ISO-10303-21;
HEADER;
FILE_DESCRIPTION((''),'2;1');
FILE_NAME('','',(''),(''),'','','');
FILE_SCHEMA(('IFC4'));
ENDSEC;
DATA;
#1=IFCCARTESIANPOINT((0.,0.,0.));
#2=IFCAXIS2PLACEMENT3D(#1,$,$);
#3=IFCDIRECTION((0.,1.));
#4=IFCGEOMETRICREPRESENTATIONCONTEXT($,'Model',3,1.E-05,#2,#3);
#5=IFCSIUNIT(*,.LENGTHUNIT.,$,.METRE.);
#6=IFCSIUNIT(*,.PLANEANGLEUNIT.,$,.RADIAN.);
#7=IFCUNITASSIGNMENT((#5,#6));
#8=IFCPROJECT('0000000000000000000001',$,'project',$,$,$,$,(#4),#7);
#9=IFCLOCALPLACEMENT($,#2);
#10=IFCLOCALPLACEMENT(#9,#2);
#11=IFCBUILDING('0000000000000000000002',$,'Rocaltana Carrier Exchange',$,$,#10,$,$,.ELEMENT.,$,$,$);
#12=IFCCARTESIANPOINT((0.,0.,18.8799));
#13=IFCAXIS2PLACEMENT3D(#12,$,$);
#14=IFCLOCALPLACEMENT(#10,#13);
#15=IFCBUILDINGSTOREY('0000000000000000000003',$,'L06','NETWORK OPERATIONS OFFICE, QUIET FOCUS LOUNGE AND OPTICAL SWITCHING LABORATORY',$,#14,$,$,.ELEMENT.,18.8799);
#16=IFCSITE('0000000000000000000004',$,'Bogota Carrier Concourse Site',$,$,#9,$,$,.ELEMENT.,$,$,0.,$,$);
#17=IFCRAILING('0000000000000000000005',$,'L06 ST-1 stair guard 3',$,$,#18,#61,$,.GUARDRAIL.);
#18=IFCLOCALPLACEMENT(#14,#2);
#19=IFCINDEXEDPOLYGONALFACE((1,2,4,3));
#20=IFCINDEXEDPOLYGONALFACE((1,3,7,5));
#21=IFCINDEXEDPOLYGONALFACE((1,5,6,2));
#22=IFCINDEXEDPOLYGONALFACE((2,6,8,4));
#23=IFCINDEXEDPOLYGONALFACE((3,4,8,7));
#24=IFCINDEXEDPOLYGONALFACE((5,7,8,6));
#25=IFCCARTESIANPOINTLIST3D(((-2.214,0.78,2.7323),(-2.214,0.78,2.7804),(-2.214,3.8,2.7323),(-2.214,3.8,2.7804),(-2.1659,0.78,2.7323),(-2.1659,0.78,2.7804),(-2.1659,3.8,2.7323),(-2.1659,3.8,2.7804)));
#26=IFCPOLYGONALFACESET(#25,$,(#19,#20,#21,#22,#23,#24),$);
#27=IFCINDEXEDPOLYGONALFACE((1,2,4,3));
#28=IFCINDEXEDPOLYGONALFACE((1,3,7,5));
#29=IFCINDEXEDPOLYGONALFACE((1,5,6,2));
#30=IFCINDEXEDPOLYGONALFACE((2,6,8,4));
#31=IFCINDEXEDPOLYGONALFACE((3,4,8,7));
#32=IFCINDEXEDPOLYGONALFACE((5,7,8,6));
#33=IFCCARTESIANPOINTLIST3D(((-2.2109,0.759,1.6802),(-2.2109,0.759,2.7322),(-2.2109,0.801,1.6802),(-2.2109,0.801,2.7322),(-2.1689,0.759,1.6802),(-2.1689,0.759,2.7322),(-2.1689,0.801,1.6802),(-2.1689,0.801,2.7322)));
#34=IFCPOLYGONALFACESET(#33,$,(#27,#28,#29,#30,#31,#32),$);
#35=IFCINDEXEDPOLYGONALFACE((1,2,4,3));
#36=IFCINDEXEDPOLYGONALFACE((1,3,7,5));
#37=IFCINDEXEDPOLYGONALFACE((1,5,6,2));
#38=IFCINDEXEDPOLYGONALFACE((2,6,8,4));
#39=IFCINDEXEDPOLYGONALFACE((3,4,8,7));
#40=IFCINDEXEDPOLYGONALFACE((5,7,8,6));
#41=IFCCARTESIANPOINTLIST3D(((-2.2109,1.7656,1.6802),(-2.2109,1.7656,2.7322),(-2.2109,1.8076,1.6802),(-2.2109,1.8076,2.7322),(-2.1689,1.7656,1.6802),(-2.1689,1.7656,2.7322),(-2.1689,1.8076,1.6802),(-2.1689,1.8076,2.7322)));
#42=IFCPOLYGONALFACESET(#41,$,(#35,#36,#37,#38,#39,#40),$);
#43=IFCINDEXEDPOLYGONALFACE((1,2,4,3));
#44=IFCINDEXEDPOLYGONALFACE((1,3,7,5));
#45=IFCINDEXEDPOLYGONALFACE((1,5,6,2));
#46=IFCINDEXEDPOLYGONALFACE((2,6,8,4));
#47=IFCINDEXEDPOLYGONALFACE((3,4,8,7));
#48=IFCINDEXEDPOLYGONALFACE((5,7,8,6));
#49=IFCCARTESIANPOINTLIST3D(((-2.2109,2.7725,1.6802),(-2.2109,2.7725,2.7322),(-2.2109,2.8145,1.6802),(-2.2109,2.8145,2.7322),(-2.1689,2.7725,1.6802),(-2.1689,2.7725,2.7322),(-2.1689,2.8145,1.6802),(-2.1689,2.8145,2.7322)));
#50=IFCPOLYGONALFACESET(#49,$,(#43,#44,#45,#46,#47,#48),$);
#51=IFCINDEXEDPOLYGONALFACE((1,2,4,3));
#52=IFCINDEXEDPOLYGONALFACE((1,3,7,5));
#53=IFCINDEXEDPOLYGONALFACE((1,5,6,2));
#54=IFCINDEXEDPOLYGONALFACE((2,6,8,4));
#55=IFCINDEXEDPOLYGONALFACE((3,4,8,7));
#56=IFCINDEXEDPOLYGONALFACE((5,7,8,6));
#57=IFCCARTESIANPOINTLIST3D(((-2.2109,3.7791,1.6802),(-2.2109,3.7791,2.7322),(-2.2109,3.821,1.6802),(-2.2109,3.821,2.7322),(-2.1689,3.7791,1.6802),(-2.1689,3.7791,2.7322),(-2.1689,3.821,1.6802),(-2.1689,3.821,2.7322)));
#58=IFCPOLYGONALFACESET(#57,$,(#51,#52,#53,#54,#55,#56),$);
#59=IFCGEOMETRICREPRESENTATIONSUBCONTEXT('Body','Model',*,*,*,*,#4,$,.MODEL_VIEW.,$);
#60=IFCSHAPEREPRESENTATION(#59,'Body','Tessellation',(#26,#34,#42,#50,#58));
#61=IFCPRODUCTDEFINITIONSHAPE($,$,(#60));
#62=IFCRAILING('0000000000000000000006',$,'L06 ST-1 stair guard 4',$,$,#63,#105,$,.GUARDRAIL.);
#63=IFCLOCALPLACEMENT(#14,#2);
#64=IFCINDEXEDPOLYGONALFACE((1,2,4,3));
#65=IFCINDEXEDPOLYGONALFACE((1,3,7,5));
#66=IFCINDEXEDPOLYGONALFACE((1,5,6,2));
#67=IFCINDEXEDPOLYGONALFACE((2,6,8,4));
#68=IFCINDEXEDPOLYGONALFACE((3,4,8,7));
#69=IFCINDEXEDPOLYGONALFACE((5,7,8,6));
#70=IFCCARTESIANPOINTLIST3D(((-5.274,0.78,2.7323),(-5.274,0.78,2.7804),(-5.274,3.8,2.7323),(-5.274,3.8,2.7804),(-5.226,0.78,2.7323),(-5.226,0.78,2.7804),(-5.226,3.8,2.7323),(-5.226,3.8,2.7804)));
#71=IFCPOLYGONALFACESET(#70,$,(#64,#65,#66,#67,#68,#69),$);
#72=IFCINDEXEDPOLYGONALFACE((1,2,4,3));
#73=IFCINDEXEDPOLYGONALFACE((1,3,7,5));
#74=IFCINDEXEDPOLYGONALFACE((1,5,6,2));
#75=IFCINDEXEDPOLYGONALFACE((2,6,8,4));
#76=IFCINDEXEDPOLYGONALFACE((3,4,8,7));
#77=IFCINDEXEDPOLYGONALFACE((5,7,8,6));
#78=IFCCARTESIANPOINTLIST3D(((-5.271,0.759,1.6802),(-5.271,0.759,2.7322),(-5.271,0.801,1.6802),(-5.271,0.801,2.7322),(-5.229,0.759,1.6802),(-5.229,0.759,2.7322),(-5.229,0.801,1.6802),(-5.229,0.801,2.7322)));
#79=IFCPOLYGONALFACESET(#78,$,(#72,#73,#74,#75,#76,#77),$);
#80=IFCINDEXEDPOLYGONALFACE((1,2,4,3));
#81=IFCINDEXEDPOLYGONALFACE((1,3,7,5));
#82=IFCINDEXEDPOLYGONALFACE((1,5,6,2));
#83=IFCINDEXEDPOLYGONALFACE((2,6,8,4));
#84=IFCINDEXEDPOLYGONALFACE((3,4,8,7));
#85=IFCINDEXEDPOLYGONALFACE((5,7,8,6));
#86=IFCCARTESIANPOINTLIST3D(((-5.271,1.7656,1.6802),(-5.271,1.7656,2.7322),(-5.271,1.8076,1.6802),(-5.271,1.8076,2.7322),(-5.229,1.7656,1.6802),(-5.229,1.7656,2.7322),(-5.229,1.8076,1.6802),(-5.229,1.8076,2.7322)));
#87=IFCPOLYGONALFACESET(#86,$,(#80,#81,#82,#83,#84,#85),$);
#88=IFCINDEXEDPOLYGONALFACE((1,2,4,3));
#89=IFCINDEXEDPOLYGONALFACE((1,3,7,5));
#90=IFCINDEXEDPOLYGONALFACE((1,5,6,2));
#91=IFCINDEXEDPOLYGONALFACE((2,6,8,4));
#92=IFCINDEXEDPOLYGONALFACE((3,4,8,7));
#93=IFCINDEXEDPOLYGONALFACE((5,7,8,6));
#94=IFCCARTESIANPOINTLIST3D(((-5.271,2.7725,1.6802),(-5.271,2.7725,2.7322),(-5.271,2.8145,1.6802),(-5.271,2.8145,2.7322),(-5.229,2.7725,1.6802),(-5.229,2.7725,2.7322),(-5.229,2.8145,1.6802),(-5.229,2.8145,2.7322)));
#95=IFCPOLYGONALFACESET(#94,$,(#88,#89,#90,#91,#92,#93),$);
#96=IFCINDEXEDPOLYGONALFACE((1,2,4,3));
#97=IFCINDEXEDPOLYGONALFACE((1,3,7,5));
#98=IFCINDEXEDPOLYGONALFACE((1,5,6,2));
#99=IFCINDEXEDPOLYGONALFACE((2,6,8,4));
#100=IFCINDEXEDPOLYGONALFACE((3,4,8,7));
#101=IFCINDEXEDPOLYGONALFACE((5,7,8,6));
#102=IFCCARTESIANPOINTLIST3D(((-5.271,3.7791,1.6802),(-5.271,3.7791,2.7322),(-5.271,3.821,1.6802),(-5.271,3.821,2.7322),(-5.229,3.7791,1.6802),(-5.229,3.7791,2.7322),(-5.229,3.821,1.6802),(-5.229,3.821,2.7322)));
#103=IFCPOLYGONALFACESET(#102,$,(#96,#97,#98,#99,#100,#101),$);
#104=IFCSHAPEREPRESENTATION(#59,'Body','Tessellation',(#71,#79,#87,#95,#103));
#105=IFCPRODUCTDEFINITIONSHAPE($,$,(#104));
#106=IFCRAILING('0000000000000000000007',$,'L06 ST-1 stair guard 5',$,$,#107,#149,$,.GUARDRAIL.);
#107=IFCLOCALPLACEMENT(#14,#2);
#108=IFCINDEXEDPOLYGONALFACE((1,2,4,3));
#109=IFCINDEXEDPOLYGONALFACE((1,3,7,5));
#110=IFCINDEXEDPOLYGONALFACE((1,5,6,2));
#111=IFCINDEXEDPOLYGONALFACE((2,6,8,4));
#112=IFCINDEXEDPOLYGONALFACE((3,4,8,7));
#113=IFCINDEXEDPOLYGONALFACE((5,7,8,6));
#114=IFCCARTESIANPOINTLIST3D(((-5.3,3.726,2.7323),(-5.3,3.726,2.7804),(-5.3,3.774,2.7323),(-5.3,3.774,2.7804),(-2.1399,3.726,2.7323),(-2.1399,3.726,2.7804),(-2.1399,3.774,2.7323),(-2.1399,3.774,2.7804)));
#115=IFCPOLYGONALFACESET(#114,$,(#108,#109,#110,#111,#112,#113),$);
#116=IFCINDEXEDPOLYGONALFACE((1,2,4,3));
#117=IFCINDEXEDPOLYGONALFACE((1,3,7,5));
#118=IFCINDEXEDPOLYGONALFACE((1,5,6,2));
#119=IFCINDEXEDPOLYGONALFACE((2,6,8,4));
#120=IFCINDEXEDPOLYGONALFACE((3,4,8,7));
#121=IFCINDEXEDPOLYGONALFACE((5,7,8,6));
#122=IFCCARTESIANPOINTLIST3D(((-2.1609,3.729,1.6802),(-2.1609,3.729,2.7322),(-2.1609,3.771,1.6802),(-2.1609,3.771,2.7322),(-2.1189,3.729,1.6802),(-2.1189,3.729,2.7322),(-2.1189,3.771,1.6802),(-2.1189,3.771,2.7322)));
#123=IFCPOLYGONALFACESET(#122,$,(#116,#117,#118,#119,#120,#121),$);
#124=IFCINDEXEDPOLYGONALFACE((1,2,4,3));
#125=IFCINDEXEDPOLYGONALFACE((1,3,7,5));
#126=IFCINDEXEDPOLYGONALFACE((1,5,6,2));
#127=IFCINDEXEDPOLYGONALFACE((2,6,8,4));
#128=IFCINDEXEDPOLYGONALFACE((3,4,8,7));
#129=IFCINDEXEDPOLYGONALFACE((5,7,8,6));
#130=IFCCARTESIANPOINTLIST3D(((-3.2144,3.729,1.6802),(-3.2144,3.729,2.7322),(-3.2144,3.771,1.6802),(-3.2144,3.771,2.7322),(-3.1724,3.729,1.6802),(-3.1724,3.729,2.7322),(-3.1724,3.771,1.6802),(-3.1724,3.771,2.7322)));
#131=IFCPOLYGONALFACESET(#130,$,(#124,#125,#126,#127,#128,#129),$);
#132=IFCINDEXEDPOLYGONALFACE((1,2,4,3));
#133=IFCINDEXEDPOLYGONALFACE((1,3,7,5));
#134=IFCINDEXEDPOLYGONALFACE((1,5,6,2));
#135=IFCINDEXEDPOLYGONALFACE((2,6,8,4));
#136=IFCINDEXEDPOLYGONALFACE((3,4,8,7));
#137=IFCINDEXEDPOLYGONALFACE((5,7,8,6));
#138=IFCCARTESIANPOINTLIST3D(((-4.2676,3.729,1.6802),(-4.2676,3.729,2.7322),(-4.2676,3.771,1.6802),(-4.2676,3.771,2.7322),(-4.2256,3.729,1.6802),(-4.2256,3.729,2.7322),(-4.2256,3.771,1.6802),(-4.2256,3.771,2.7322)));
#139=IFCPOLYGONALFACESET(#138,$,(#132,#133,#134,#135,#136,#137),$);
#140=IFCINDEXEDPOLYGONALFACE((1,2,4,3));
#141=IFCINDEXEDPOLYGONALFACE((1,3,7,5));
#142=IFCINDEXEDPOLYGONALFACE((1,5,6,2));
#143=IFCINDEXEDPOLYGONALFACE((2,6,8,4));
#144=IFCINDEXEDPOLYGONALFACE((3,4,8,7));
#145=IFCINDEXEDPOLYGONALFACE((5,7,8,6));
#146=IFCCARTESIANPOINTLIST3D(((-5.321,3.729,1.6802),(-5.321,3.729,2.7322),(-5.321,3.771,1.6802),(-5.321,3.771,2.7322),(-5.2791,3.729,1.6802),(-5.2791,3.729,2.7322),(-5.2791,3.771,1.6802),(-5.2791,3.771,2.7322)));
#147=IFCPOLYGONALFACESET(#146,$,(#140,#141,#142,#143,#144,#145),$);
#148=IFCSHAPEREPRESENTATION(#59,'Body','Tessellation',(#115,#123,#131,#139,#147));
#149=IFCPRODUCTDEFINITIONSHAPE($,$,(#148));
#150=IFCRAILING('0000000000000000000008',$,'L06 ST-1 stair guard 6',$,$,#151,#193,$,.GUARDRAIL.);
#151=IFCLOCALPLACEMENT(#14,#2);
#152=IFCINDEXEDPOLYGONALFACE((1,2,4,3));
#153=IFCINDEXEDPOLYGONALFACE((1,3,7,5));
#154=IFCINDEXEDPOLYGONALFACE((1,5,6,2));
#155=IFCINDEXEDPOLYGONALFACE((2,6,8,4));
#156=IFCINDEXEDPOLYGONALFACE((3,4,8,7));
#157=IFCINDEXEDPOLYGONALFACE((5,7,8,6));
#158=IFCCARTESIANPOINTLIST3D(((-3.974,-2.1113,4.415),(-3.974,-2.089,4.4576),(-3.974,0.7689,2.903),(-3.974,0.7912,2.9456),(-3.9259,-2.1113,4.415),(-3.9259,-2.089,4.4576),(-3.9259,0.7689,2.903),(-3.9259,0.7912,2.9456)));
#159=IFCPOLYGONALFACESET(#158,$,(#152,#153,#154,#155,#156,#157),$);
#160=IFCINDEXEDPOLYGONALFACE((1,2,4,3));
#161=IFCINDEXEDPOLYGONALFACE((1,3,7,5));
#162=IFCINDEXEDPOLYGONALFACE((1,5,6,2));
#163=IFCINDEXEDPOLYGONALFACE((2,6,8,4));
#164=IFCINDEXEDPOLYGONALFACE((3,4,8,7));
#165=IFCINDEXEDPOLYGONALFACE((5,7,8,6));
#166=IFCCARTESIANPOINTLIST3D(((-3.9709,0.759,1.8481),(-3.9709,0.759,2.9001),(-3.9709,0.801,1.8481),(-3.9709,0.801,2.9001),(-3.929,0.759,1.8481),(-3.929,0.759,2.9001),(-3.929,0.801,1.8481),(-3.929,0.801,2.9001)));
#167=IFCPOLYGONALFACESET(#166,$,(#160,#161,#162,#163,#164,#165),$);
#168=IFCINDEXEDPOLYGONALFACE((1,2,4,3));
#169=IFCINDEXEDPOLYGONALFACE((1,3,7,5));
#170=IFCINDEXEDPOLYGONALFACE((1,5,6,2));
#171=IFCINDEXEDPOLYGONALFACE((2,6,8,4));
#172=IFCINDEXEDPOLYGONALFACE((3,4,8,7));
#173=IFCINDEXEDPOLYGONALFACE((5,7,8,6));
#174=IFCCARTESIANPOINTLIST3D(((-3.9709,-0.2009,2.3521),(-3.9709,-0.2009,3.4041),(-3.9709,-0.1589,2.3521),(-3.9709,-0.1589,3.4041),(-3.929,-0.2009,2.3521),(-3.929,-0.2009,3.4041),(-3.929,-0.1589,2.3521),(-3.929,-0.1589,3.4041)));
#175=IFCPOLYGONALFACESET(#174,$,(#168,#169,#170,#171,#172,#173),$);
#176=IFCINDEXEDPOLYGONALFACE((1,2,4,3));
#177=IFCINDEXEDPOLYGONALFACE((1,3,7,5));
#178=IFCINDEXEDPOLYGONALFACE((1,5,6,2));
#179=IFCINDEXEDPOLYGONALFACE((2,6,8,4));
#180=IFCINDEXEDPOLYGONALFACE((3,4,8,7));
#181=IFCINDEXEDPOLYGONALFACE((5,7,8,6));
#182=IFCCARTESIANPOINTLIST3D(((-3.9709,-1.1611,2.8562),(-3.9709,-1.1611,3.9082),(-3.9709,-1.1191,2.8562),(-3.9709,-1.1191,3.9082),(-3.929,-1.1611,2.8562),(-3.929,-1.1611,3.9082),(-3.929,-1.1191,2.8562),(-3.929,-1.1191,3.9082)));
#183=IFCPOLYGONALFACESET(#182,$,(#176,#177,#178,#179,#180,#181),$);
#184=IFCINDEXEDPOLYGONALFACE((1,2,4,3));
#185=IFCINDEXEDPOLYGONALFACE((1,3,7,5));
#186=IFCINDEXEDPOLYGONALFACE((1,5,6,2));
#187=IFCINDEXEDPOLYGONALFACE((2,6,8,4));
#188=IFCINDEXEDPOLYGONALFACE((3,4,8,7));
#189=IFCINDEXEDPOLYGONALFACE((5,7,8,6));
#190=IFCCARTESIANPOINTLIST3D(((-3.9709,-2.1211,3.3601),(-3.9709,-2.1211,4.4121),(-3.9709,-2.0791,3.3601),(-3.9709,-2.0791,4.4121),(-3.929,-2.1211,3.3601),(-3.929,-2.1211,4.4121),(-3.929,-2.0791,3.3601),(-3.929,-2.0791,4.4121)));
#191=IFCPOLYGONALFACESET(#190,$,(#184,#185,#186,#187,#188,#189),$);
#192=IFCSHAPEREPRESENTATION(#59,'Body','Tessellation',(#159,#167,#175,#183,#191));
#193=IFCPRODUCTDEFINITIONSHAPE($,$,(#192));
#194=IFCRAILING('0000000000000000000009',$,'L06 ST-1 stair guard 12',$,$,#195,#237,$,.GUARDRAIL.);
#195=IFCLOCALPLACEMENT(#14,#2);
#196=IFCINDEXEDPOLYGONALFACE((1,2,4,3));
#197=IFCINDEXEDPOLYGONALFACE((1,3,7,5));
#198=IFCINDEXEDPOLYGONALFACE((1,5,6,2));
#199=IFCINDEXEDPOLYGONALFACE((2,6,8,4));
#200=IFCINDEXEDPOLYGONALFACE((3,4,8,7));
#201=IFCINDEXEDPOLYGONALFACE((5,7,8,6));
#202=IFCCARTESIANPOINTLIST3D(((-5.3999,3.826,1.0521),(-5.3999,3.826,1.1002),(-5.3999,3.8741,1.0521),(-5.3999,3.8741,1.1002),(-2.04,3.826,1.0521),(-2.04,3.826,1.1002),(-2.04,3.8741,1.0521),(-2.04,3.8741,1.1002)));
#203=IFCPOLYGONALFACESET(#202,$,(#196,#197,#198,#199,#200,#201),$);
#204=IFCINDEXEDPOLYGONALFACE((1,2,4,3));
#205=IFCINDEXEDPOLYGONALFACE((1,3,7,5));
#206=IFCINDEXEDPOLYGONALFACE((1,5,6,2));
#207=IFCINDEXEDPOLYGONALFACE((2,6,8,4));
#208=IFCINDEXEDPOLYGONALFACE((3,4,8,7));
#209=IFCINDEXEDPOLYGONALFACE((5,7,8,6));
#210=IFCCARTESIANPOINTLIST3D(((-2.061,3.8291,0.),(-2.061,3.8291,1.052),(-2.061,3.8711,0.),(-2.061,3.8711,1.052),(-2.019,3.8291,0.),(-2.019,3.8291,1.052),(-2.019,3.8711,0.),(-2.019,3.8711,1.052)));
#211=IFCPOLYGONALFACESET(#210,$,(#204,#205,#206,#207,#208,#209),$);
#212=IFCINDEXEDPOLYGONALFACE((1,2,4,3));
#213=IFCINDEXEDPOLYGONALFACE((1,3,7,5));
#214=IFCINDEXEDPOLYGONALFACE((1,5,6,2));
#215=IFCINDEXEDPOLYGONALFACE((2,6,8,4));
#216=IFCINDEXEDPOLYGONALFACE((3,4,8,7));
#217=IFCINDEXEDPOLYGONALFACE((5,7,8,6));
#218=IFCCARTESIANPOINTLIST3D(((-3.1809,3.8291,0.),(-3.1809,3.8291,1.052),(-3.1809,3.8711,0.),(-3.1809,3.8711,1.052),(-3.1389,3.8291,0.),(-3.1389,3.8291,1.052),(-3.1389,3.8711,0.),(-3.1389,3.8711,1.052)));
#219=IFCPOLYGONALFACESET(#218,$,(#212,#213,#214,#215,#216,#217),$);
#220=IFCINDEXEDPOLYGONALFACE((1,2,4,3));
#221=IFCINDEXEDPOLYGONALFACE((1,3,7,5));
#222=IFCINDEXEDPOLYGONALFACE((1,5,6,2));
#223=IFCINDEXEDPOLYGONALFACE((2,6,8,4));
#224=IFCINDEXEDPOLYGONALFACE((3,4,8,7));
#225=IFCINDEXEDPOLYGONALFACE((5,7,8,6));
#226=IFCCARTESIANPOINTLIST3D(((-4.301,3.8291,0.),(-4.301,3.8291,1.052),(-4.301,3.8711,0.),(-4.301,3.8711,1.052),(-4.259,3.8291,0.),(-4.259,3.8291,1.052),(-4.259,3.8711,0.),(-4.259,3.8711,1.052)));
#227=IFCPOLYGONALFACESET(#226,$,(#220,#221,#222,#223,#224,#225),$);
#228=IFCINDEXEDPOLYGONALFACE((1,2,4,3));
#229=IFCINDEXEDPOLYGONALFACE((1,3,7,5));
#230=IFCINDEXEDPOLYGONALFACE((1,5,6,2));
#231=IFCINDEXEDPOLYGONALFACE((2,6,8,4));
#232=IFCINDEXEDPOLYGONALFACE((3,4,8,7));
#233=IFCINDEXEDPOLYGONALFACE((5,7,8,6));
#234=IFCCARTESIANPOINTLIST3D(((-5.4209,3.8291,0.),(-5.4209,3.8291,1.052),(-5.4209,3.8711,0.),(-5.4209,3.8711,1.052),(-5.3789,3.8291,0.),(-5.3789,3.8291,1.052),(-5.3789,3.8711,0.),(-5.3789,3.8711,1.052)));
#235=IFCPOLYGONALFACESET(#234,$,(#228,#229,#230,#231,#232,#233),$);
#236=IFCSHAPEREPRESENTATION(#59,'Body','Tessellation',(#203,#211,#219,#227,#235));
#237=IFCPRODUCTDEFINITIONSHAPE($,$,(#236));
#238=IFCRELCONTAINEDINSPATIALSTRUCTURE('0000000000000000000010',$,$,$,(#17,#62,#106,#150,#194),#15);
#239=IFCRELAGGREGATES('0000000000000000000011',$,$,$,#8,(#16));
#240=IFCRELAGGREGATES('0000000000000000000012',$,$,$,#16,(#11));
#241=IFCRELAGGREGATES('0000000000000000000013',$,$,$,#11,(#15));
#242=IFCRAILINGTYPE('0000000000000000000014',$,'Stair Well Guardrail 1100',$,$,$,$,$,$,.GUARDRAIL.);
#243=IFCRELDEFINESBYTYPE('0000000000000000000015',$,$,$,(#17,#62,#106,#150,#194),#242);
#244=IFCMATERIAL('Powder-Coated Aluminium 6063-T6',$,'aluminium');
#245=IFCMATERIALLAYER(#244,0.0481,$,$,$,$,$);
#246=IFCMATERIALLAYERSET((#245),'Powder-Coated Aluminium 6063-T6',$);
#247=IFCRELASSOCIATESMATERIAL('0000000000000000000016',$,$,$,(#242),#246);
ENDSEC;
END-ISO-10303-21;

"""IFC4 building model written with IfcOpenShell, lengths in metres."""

from ifc_helpers import new_model, si_unit, direction, frame, origin, origin_2d, place, context, subcontext, project, spatial, rectangle, extrude, material, layer, layer_set, type_object, element, save


model = new_model("IFC4")

# Units and contexts
model_context = context("Model", 3, precision=1e-05, world=origin(), true_north=direction((0.0, 1.0)))
body_context = subcontext(model_context, "Body", "Model", "MODEL_VIEW")
ifc_project = project(units=[si_unit("LENGTHUNIT", "METRE"), si_unit("PLANEANGLEUNIT", "RADIAN")], contexts=[model_context])

# Site, building, storey
site_placement = place(None, origin())
site = spatial("IfcSite", under=ifc_project, at=site_placement, Name="Bogota Carrier Concourse Site", CompositionType="ELEMENT", RefElevation=0.0)
building_placement = place(site_placement, origin())
building = spatial("IfcBuilding", under=site, at=building_placement, Name="Rocaltana Carrier Exchange", CompositionType="ELEMENT")
storey_placement = place(building_placement, frame((0.0, 0.0, 18.8799)))
storey = spatial("IfcBuildingStorey", under=building, at=storey_placement, Name="L06", Description="NETWORK OPERATIONS OFFICE, QUIET FOCUS LOUNGE AND OPTICAL SWITCHING LABORATORY", CompositionType="ELEMENT", Elevation=18.8799)

# Railings
ifc_material_1 = material(Name="Powder-Coated Aluminium 6063-T6", Category="aluminium")
ifc_layer_1 = layer(ifc_material_1, 0.0481)
ifc_layer_set_1 = layer_set([ifc_layer_1], Name="Powder-Coated Aluminium 6063-T6")
railing_type_1 = type_object("IfcRailingType", Name="Stair Well Guardrail 1100", PredefinedType="GUARDRAIL", material=ifc_layer_set_1)
for number, where, name in (
    (1, (-2.1899, 0.78, 1.6802), "L06 ST-1 stair guard 3"),
    (2, (-5.25, 0.78, 1.6802), "L06 ST-1 stair guard 4"),
):
    element("IfcRailing", number, at=place(storey_placement, frame(where)), inside=storey, type_object=railing_type_1, Name=name, PredefinedType="GUARDRAIL", context=body_context, shape_type="SweptSolid", body=[
        extrude(rectangle(XDim=0.0481, YDim=0.0481, at=origin_2d()), frame((0.0, 0.0, 1.0762), z_axis=(0.0, 1.0, 0.0), x_axis=(-1.0, 0.0, 0.0)), (0.0, 0.0, 1.0), 3.02),
        extrude(rectangle(XDim=0.042, YDim=0.042, at=origin_2d()), origin(), (0.0, 0.0, 1.0), 1.052),
        extrude(rectangle(XDim=0.042, YDim=0.042, at=origin_2d()), frame((0.0, 1.0066, 0.0)), (0.0, 0.0, 1.0), 1.052),
        extrude(rectangle(XDim=0.042, YDim=0.042, at=origin_2d()), frame((0.0, 2.0134, 0.0)), (0.0, 0.0, 1.0), 1.052),
        extrude(rectangle(XDim=0.042, YDim=0.042, at=origin_2d()), frame((0.0, 3.02, 0.0)), (0.0, 0.0, 1.0), 1.052),
    ])
railing_1_placement = place(storey_placement, frame((-2.1399, 3.75, 1.6802)))
element("IfcRailing", 3, at=railing_1_placement, inside=storey, type_object=railing_type_1, Name="L06 ST-1 stair guard 5", PredefinedType="GUARDRAIL", context=body_context, shape_type="SweptSolid", body=[
    extrude(rectangle(XDim=0.0481, YDim=0.0481, at=origin_2d()), frame((0.0, 0.0, 1.0762), z_axis=(-1.0, 0.0, 0.0), x_axis=(0.0, -1.0, 0.0)), (0.0, 0.0, 1.0), 3.1602),
    extrude(rectangle(XDim=0.042, YDim=0.042, at=origin_2d()), origin(), (0.0, 0.0, 1.0), 1.052),
    extrude(rectangle(XDim=0.042, YDim=0.042, at=origin_2d()), frame((-1.0535, 0.0, 0.0)), (0.0, 0.0, 1.0), 1.052),
    extrude(rectangle(XDim=0.042, YDim=0.042, at=origin_2d()), frame((-2.1067, 0.0, 0.0)), (0.0, 0.0, 1.0), 1.052),
    extrude(rectangle(XDim=0.042, YDim=0.042, at=origin_2d()), frame((-3.1602, 0.0, 0.0)), (0.0, 0.0, 1.0), 1.052),
])
railing_2_placement = place(storey_placement, frame((-3.95, 0.78, 1.8481)))
element("IfcRailing", 4, at=railing_2_placement, inside=storey, type_object=railing_type_1, Name="L06 ST-1 stair guard 6", PredefinedType="GUARDRAIL", context=body_context, shape_type="SweptSolid", body=[
    extrude(rectangle(XDim=0.0481, YDim=0.0481, at=origin_2d()), frame((0.0, 0.0, 1.0762), z_axis=(0.0, -0.885411, 0.464809), x_axis=(1.0, 0.0, 0.0)), (0.0, 0.0, 1.0), 3.2529),
    extrude(rectangle(XDim=0.042, YDim=0.042, at=origin_2d()), origin(), (0.0, 0.0, 1.0), 1.052),
    extrude(rectangle(XDim=0.042, YDim=0.042, at=origin_2d()), frame((0.0, -0.96, 0.5039)), (0.0, 0.0, 1.0), 1.052),
    extrude(rectangle(XDim=0.042, YDim=0.042, at=origin_2d()), frame((0.0, -1.9202, 1.0081)), (0.0, 0.0, 1.0), 1.052),
    extrude(rectangle(XDim=0.042, YDim=0.042, at=origin_2d()), frame((0.0, -2.8801, 1.512)), (0.0, 0.0, 1.0), 1.052),
])
railing_3_placement = place(storey_placement, frame((-2.04, 3.8501, 0.0)))
element("IfcRailing", 5, at=railing_3_placement, inside=storey, type_object=railing_type_1, Name="L06 ST-1 stair guard 12", PredefinedType="GUARDRAIL", context=body_context, shape_type="SweptSolid", body=[
    extrude(rectangle(XDim=0.0481, YDim=0.0481, at=origin_2d()), frame((0.0, 0.0, 1.0762), z_axis=(-1.0, 0.0, 0.0), x_axis=(0.0, -1.0, 0.0)), (0.0, 0.0, 1.0), 3.3599),
    extrude(rectangle(XDim=0.042, YDim=0.042, at=origin_2d()), origin(), (0.0, 0.0, 1.0), 1.052),
    extrude(rectangle(XDim=0.042, YDim=0.042, at=origin_2d()), frame((-1.1199, 0.0, 0.0)), (0.0, 0.0, 1.0), 1.052),
    extrude(rectangle(XDim=0.042, YDim=0.042, at=origin_2d()), frame((-2.24, 0.0, 0.0)), (0.0, 0.0, 1.0), 1.052),
    extrude(rectangle(XDim=0.042, YDim=0.042, at=origin_2d()), frame((-3.3599, 0.0, 0.0)), (0.0, 0.0, 1.0), 1.052),
])

save(model, "model.ifc")
